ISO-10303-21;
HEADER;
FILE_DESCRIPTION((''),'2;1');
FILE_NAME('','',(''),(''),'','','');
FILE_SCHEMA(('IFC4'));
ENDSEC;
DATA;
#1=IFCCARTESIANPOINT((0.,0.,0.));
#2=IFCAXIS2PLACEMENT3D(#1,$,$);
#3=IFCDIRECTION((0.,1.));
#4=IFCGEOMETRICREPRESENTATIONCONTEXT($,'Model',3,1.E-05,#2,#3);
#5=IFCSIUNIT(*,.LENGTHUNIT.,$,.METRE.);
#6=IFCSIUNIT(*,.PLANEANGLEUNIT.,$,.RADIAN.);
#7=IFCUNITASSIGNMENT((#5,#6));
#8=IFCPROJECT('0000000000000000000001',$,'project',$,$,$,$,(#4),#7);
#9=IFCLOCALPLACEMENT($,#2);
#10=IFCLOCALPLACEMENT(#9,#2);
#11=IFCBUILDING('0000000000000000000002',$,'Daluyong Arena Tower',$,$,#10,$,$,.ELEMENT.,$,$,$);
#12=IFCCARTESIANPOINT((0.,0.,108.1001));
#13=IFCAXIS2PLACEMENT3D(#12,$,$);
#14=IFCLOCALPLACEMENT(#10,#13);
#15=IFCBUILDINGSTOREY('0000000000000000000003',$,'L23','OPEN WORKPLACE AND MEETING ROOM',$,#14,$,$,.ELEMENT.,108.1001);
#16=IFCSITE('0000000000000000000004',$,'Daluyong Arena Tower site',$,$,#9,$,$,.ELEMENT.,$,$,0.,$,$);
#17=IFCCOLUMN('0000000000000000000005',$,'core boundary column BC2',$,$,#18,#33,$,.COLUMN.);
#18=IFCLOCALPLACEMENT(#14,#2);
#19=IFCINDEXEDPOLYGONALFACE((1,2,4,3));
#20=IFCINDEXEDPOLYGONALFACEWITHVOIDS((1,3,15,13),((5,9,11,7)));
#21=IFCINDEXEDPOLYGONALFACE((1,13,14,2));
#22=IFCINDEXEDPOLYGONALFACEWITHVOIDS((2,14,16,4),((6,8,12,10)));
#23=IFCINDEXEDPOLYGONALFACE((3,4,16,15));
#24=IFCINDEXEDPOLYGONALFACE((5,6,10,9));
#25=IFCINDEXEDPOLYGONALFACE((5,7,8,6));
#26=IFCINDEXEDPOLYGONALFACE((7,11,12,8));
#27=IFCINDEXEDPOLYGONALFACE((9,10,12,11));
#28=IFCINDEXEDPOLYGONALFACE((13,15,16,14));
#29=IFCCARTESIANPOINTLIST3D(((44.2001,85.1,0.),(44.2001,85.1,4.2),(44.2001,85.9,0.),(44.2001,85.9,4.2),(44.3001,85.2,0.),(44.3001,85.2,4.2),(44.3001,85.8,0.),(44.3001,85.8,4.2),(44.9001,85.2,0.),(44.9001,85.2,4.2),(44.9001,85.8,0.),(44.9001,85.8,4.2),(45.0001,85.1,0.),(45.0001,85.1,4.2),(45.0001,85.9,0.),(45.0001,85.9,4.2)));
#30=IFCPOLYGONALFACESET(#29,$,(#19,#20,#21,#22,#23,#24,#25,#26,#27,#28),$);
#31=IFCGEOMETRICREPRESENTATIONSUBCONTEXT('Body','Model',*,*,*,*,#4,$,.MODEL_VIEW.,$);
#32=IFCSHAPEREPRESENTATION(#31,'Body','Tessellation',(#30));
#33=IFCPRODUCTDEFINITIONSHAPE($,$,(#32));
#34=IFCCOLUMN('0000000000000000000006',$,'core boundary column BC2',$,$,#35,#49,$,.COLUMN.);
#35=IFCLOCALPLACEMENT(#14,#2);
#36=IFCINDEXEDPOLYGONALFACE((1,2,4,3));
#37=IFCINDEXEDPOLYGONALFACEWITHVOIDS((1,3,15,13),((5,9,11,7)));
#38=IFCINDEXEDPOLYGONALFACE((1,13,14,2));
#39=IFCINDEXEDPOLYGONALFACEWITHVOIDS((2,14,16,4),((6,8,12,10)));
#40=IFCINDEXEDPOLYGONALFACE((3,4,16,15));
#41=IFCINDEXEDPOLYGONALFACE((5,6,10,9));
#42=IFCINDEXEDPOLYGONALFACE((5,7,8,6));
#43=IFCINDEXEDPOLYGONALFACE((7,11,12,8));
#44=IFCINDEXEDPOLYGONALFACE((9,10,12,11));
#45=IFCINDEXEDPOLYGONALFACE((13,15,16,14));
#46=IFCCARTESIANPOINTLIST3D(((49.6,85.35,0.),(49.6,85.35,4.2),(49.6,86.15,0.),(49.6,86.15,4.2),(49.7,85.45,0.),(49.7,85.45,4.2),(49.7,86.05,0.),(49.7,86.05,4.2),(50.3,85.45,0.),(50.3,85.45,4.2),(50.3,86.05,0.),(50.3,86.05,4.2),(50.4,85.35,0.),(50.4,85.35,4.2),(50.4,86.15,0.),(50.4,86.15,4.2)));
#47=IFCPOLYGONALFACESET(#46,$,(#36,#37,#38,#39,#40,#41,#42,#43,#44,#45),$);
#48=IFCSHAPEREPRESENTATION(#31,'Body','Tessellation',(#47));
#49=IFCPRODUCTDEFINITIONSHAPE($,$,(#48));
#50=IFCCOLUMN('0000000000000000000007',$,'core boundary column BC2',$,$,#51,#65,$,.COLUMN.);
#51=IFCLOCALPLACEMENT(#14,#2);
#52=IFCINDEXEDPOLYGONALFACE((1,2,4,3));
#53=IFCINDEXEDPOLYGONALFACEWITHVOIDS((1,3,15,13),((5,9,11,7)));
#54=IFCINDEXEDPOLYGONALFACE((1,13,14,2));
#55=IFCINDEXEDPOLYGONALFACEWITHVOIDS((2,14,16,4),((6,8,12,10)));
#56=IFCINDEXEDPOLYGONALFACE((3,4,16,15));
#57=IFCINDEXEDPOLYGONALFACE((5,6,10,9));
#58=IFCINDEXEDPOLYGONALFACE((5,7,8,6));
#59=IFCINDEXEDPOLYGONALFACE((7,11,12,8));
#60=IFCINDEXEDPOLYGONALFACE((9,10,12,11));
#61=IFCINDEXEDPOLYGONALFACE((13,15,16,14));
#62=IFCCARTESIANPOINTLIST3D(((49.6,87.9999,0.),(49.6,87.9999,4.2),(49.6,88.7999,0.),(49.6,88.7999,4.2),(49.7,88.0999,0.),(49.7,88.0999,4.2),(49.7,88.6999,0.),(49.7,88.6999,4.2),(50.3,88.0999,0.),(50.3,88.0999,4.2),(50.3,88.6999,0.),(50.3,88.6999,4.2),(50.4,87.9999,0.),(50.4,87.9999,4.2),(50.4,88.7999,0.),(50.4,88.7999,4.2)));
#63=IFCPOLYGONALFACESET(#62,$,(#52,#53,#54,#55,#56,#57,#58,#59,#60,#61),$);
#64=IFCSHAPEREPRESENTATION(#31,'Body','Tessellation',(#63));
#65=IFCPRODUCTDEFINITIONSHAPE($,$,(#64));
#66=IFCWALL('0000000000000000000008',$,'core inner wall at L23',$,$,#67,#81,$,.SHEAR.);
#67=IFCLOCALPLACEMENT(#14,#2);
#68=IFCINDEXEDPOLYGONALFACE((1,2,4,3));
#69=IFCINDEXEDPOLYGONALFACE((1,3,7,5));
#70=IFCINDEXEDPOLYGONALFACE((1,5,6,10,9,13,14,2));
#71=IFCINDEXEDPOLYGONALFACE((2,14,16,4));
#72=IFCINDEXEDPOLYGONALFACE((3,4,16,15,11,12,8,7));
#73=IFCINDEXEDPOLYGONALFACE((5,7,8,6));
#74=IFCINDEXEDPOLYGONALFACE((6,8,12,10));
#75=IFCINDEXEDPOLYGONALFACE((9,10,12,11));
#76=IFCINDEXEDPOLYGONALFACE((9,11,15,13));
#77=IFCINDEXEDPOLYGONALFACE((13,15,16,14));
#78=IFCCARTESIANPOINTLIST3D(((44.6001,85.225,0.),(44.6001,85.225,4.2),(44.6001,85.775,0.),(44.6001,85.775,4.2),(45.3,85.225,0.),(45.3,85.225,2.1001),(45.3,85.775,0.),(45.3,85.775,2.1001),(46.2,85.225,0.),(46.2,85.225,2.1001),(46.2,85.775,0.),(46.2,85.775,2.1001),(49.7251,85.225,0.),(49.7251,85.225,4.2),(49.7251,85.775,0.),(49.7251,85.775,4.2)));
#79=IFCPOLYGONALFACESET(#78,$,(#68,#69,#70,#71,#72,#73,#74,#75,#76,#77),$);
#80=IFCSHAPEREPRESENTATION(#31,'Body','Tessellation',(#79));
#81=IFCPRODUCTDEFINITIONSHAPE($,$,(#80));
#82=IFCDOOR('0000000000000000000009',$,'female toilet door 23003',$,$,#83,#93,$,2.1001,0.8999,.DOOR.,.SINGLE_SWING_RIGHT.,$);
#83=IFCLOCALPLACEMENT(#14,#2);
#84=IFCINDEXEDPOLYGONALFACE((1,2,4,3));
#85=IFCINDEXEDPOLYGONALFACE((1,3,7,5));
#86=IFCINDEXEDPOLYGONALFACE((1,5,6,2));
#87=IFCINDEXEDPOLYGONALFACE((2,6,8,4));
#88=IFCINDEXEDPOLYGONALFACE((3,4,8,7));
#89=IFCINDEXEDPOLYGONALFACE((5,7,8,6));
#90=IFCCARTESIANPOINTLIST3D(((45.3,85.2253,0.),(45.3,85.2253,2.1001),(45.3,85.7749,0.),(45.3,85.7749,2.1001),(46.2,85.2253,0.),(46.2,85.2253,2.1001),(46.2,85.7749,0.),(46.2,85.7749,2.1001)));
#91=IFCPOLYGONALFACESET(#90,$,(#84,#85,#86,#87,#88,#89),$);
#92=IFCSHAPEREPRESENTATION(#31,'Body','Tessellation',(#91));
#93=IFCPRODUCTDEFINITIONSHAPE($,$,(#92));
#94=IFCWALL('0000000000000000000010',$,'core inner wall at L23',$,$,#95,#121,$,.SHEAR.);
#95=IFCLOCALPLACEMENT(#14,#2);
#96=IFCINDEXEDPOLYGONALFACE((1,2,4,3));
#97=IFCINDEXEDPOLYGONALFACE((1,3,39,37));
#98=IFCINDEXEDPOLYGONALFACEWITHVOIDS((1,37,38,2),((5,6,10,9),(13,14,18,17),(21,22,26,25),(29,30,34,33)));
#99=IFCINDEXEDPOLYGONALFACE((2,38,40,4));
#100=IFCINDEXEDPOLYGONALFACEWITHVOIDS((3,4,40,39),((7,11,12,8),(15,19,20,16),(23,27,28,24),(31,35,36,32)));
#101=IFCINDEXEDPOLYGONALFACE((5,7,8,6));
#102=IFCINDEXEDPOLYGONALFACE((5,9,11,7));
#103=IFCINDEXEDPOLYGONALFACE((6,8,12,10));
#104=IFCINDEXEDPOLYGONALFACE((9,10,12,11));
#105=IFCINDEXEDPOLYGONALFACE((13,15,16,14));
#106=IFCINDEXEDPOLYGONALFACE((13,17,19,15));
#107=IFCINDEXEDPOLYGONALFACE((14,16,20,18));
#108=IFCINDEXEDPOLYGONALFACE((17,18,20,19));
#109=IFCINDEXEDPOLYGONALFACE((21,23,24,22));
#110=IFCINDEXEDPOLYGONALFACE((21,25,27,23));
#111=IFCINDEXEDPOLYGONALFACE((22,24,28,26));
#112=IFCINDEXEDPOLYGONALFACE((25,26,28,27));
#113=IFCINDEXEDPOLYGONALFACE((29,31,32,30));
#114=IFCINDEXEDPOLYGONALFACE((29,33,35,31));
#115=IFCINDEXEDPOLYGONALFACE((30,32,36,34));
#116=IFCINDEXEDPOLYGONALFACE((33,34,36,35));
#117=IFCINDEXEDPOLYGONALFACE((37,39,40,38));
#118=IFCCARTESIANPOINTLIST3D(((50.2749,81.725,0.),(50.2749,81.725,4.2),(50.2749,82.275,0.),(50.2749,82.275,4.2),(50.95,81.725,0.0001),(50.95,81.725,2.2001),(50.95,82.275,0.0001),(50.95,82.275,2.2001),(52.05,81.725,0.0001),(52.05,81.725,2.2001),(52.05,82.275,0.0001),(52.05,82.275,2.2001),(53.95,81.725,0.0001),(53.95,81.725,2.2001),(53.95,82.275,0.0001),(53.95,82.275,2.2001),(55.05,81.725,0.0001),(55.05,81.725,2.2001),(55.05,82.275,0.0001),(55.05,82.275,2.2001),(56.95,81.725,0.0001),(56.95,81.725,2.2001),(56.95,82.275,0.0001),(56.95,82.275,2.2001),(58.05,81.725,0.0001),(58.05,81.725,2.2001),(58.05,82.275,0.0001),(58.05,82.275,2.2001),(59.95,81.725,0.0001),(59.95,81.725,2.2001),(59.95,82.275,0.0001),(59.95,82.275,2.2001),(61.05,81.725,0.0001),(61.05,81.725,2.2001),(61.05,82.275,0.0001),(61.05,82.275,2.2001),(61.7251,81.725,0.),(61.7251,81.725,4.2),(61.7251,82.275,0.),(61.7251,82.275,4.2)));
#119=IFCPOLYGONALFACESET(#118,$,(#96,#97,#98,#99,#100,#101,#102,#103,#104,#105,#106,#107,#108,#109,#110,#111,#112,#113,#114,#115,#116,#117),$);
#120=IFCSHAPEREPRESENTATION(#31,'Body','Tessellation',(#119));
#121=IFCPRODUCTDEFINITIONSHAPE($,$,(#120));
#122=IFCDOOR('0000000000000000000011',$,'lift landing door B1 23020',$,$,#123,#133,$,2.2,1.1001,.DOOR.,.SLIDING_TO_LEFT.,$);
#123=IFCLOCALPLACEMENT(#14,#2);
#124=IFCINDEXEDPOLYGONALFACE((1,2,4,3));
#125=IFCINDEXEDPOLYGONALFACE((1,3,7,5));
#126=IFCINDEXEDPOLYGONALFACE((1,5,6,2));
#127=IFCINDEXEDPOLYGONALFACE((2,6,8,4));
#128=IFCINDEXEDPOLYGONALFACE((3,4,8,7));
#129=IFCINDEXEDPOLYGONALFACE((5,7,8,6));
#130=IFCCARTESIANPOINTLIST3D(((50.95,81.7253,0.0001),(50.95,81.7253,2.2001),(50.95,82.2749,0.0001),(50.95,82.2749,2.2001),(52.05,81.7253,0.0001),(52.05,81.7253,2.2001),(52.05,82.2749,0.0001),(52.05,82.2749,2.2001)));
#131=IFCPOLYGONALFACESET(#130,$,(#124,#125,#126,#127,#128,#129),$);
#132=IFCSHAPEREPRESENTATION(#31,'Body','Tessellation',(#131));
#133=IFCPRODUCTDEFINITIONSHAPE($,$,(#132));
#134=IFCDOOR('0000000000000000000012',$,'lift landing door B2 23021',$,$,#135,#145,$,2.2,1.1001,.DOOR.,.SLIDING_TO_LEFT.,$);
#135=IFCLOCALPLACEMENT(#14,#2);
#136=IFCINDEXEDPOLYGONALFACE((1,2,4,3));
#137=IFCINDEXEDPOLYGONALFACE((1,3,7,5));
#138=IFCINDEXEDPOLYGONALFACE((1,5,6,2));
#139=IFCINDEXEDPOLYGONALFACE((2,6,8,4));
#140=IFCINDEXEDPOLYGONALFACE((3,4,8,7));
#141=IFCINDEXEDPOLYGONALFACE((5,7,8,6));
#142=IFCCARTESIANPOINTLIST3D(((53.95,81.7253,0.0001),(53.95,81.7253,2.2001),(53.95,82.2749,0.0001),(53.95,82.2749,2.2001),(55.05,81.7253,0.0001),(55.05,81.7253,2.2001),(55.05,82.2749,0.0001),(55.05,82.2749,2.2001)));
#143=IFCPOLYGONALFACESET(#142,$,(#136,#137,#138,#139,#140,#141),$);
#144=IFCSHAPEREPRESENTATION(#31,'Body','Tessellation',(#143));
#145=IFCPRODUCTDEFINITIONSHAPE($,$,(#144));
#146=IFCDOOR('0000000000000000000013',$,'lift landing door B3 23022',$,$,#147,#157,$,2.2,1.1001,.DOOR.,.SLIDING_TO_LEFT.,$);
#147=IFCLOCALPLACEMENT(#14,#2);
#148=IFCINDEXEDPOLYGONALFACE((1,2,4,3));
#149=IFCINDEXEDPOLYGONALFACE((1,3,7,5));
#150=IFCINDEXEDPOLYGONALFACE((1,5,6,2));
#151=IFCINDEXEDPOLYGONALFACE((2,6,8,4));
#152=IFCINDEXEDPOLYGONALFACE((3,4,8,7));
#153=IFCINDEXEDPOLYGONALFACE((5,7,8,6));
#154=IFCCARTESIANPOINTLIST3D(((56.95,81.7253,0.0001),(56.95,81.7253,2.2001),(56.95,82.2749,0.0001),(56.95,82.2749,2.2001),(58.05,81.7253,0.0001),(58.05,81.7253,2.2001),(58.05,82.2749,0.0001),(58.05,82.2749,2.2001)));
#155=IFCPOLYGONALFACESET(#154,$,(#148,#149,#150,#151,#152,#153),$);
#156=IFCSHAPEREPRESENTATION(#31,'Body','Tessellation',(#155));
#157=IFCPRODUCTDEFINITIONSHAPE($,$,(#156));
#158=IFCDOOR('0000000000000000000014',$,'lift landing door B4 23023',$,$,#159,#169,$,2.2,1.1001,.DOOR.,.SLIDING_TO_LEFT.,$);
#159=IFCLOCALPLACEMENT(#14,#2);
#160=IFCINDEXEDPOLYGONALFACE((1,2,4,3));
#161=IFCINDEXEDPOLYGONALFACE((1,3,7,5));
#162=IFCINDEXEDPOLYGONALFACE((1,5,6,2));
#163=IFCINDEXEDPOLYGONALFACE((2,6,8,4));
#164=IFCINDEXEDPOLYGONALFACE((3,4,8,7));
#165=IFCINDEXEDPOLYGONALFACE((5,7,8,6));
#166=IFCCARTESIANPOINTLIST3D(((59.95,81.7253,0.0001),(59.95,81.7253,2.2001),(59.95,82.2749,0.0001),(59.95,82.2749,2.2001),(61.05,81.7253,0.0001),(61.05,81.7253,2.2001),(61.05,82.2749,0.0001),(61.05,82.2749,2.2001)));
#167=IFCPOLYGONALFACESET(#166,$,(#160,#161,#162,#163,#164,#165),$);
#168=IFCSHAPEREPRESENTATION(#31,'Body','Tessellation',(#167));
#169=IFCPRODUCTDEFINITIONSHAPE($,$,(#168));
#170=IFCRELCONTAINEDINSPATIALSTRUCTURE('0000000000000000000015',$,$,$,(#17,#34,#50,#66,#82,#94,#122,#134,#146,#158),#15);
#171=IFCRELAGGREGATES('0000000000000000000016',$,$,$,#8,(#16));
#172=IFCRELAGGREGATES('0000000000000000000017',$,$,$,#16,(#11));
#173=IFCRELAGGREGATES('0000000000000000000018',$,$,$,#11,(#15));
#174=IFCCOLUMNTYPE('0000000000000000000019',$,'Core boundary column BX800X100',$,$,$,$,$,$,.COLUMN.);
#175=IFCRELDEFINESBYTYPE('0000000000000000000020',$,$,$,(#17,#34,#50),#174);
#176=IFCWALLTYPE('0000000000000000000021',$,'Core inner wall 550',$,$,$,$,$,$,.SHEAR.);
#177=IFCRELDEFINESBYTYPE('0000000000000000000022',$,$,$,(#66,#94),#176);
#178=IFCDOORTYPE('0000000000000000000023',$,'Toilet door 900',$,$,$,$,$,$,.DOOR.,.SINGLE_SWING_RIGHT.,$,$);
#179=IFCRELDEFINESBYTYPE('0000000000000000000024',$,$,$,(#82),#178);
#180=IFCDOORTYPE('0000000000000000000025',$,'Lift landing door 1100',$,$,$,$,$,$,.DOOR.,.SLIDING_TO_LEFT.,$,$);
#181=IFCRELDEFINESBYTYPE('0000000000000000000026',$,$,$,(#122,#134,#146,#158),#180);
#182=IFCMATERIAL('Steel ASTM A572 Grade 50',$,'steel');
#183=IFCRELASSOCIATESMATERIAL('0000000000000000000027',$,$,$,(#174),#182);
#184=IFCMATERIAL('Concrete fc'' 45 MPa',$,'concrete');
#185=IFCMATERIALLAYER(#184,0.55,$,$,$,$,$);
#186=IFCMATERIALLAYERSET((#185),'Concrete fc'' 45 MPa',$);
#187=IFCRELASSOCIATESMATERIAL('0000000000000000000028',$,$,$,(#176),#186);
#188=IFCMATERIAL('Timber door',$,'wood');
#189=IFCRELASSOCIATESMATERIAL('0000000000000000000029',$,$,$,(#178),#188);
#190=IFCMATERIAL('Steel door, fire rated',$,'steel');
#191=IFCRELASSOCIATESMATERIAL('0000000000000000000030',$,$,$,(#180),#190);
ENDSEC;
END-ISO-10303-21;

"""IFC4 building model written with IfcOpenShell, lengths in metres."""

from ifc_helpers import new_model, si_unit, direction, frame, frame_2d, origin, origin_2d, place, context, subcontext, project, spatial, rectangle, hollow_rectangle, extrude, material, layer, layer_set, material_profile, profile_set, type_object, element, fill, save


model = new_model("IFC4")

# Units and contexts
model_context = context("Model", 3, precision=1e-05, world=origin(), true_north=direction((0.0, 1.0)))
body_context = subcontext(model_context, "Body", "Model", "MODEL_VIEW")
ifc_project = project(units=[si_unit("LENGTHUNIT", "METRE"), si_unit("PLANEANGLEUNIT", "RADIAN")], contexts=[model_context])

# Site, building, storey
site_placement = place(None, origin())
site = spatial("IfcSite", under=ifc_project, at=site_placement, Name="Daluyong Arena Tower site", CompositionType="ELEMENT", RefElevation=0.0)
building_placement = place(site_placement, origin())
building = spatial("IfcBuilding", under=site, at=building_placement, Name="Daluyong Arena Tower", CompositionType="ELEMENT")
storey_placement = place(building_placement, frame((0.0, 0.0, 108.1001)))
storey = spatial("IfcBuildingStorey", under=building, at=storey_placement, Name="L23", Description="OPEN WORKPLACE AND MEETING ROOM", CompositionType="ELEMENT", Elevation=108.1001)

# Columns
ifc_material_1 = material(Name="Steel ASTM A572 Grade 50", Category="steel")
ifc_material_profile = material_profile(ifc_material_1, hollow_rectangle(XDim=0.8, YDim=0.8, WallThickness=0.1, at=origin_2d()))
ifc_profile_set = profile_set([ifc_material_profile], Name="Steel ASTM A572 Grade 50")
column_type = type_object("IfcColumnType", Name="Core boundary column BX800X100", PredefinedType="COLUMN", material=ifc_profile_set)
for number, where, z_axis, x_axis, name in (
    (1, (44.6001, 85.5, 0.0), (0.0, 0.0, 1.0), (1.0, 0.0, 0.0), "core boundary column BC2"),
    (2, (50.0, 85.75, 0.0), (0.0, 0.0, 1.0), (1.0, 0.0, 0.0), "core boundary column BC2"),
    (3, (50.0, 88.3999, 0.0), (0.0, 0.0, 1.0), (1.0, 0.0, 0.0), "core boundary column BC2"),
):
    element("IfcColumn", number, at=place(storey_placement, frame(where, z_axis=z_axis, x_axis=x_axis)), inside=storey, type_object=column_type, Name=name, PredefinedType="COLUMN", context=body_context, shape_type="SweptSolid", body=[
        extrude(hollow_rectangle(XDim=0.8, YDim=0.8, WallThickness=0.1, at=origin_2d()), origin(), (0.0, 0.0, 1.0), 4.2),
    ])

# Wall, opening, door
ifc_material_2 = material(Name="Concrete fc' 45 MPa", Category="concrete")
ifc_layer_1 = layer(ifc_material_2, 0.55)
ifc_layer_set_1 = layer_set([ifc_layer_1], Name="Concrete fc' 45 MPa")
wall_type_1 = type_object("IfcWallType", Name="Core inner wall 550", PredefinedType="SHEAR", material=ifc_layer_set_1)
wall_1_placement = place(storey_placement, frame((44.6001, 85.5, 0.0), z_axis=(0.0, 0.0, 1.0), x_axis=(1.0, 0.0, 0.0)))
wall_1 = element("IfcWall", 4, at=wall_1_placement, inside=storey, type_object=wall_type_1, Name="core inner wall at L23", PredefinedType="SHEAR", context=body_context, shape_type="SweptSolid", body=[
    extrude(rectangle(XDim=5.125, YDim=0.55, at=frame_2d((2.5625, 0.0))), origin(), (0.0, 0.0, 1.0), 4.2),
])
opening_1_placement = place(wall_1_placement, frame((0.7, 0.0, 0.0)))
opening_1 = element("IfcOpeningElement", 5, at=opening_1_placement, cuts=wall_1, PredefinedType="OPENING", context=body_context, shape_type="SweptSolid", body=[
    extrude(rectangle(XDim=0.8999, YDim=2.1001, at=frame_2d((0.45, 1.05))), frame((0.0, 0.2849, 0.0), z_axis=(0.0, -1.0, 0.0), x_axis=(1.0, 0.0, 0.0)), (0.0, 0.0, 1.0), 0.5701),
])
ifc_material_3 = material(Name="Timber door", Category="wood")
door_type_1 = type_object("IfcDoorType", Name="Toilet door 900", OperationType="SINGLE_SWING_RIGHT", PredefinedType="DOOR", material=ifc_material_3)
door_1_placement = place(opening_1_placement, origin())
door_1 = element("IfcDoor", 6, at=door_1_placement, inside=storey, type_object=door_type_1, Name="female toilet door 23003", OperationType="SINGLE_SWING_RIGHT", OverallHeight=2.1001, OverallWidth=0.8999, PredefinedType="DOOR", context=body_context, shape_type="SweptSolid", body=[
    extrude(rectangle(XDim=0.8999, YDim=2.1001, at=frame_2d((0.45, 1.05))), frame((0.0, 0.2749, 0.0), z_axis=(0.0, -1.0, 0.0), x_axis=(1.0, 0.0, 0.0)), (0.0, 0.0, 1.0), 0.5496),
])
fill(opening_1, door_1)

# Wall, openings, doors
wall_2_placement = place(storey_placement, frame((50.2749, 82.0, 0.0), z_axis=(0.0, 0.0, 1.0), x_axis=(1.0, 0.0, 0.0)))
wall_2 = element("IfcWall", 7, at=wall_2_placement, inside=storey, type_object=wall_type_1, Name="core inner wall at L23", PredefinedType="SHEAR", context=body_context, shape_type="SweptSolid", body=[
    extrude(rectangle(XDim=11.4502, YDim=0.55, at=frame_2d((5.7251, 0.0))), origin(), (0.0, 0.0, 1.0), 4.2),
])
opening_2_placement = place(wall_2_placement, frame((0.675, 0.0, 0.0)))
opening_2 = element("IfcOpeningElement", 8, at=opening_2_placement, cuts=wall_2, PredefinedType="OPENING", context=body_context, shape_type="SweptSolid", body=[
    extrude(rectangle(XDim=1.1001, YDim=2.2, at=frame_2d((0.55, 1.1001))), frame((0.0, 0.2849, 0.0), z_axis=(0.0, -1.0, 0.0), x_axis=(1.0, 0.0, 0.0)), (0.0, 0.0, 1.0), 0.5701),
])
opening_3_placement = place(wall_2_placement, frame((3.675, 0.0, 0.0)))
opening_3 = element("IfcOpeningElement", 9, at=opening_3_placement, cuts=wall_2, PredefinedType="OPENING", context=body_context, shape_type="SweptSolid", body=[
    extrude(rectangle(XDim=1.1001, YDim=2.2, at=frame_2d((0.55, 1.1001))), frame((0.0, 0.2849, 0.0), z_axis=(0.0, -1.0, 0.0), x_axis=(1.0, 0.0, 0.0)), (0.0, 0.0, 1.0), 0.5701),
])
opening_4_placement = place(wall_2_placement, frame((6.675, 0.0, 0.0)))
opening_4 = element("IfcOpeningElement", 10, at=opening_4_placement, cuts=wall_2, PredefinedType="OPENING", context=body_context, shape_type="SweptSolid", body=[
    extrude(rectangle(XDim=1.1001, YDim=2.2, at=frame_2d((0.55, 1.1001))), frame((0.0, 0.2849, 0.0), z_axis=(0.0, -1.0, 0.0), x_axis=(1.0, 0.0, 0.0)), (0.0, 0.0, 1.0), 0.5701),
])
opening_5_placement = place(wall_2_placement, frame((9.675, 0.0, 0.0)))
opening_5 = element("IfcOpeningElement", 11, at=opening_5_placement, cuts=wall_2, PredefinedType="OPENING", context=body_context, shape_type="SweptSolid", body=[
    extrude(rectangle(XDim=1.1001, YDim=2.2, at=frame_2d((0.55, 1.1001))), frame((0.0, 0.2849, 0.0), z_axis=(0.0, -1.0, 0.0), x_axis=(1.0, 0.0, 0.0)), (0.0, 0.0, 1.0), 0.5701),
])
ifc_material_4 = material(Name="Steel door, fire rated", Category="steel")
door_type_2 = type_object("IfcDoorType", Name="Lift landing door 1100", OperationType="SLIDING_TO_LEFT", PredefinedType="DOOR", material=ifc_material_4)
door_2_placement = place(opening_2_placement, origin())
door_2 = element("IfcDoor", 12, at=door_2_placement, inside=storey, type_object=door_type_2, Name="lift landing door B1 23020", OperationType="SLIDING_TO_LEFT", OverallHeight=2.2, OverallWidth=1.1001, PredefinedType="DOOR", context=body_context, shape_type="SweptSolid", body=[
    extrude(rectangle(XDim=1.1001, YDim=2.2, at=frame_2d((0.55, 1.1001))), frame((0.0, 0.2749, 0.0), z_axis=(0.0, -1.0, 0.0), x_axis=(1.0, 0.0, 0.0)), (0.0, 0.0, 1.0), 0.5496),
])
fill(opening_2, door_2)
door_3_placement = place(opening_3_placement, origin())
door_3 = element("IfcDoor", 13, at=door_3_placement, inside=storey, type_object=door_type_2, Name="lift landing door B2 23021", OperationType="SLIDING_TO_LEFT", OverallHeight=2.2, OverallWidth=1.1001, PredefinedType="DOOR", context=body_context, shape_type="SweptSolid", body=[
    extrude(rectangle(XDim=1.1001, YDim=2.2, at=frame_2d((0.55, 1.1001))), frame((0.0, 0.2749, 0.0), z_axis=(0.0, -1.0, 0.0), x_axis=(1.0, 0.0, 0.0)), (0.0, 0.0, 1.0), 0.5496),
])
fill(opening_3, door_3)
door_4_placement = place(opening_4_placement, origin())
door_4 = element("IfcDoor", 14, at=door_4_placement, inside=storey, type_object=door_type_2, Name="lift landing door B3 23022", OperationType="SLIDING_TO_LEFT", OverallHeight=2.2, OverallWidth=1.1001, PredefinedType="DOOR", context=body_context, shape_type="SweptSolid", body=[
    extrude(rectangle(XDim=1.1001, YDim=2.2, at=frame_2d((0.55, 1.1001))), frame((0.0, 0.2749, 0.0), z_axis=(0.0, -1.0, 0.0), x_axis=(1.0, 0.0, 0.0)), (0.0, 0.0, 1.0), 0.5496),
])
fill(opening_4, door_4)
door_5_placement = place(opening_5_placement, origin())
door_5 = element("IfcDoor", 15, at=door_5_placement, inside=storey, type_object=door_type_2, Name="lift landing door B4 23023", OperationType="SLIDING_TO_LEFT", OverallHeight=2.2, OverallWidth=1.1001, PredefinedType="DOOR", context=body_context, shape_type="SweptSolid", body=[
    extrude(rectangle(XDim=1.1001, YDim=2.2, at=frame_2d((0.55, 1.1001))), frame((0.0, 0.2749, 0.0), z_axis=(0.0, -1.0, 0.0), x_axis=(1.0, 0.0, 0.0)), (0.0, 0.0, 1.0), 0.5496),
])
fill(opening_5, door_5)

save(model, "model.ifc")
